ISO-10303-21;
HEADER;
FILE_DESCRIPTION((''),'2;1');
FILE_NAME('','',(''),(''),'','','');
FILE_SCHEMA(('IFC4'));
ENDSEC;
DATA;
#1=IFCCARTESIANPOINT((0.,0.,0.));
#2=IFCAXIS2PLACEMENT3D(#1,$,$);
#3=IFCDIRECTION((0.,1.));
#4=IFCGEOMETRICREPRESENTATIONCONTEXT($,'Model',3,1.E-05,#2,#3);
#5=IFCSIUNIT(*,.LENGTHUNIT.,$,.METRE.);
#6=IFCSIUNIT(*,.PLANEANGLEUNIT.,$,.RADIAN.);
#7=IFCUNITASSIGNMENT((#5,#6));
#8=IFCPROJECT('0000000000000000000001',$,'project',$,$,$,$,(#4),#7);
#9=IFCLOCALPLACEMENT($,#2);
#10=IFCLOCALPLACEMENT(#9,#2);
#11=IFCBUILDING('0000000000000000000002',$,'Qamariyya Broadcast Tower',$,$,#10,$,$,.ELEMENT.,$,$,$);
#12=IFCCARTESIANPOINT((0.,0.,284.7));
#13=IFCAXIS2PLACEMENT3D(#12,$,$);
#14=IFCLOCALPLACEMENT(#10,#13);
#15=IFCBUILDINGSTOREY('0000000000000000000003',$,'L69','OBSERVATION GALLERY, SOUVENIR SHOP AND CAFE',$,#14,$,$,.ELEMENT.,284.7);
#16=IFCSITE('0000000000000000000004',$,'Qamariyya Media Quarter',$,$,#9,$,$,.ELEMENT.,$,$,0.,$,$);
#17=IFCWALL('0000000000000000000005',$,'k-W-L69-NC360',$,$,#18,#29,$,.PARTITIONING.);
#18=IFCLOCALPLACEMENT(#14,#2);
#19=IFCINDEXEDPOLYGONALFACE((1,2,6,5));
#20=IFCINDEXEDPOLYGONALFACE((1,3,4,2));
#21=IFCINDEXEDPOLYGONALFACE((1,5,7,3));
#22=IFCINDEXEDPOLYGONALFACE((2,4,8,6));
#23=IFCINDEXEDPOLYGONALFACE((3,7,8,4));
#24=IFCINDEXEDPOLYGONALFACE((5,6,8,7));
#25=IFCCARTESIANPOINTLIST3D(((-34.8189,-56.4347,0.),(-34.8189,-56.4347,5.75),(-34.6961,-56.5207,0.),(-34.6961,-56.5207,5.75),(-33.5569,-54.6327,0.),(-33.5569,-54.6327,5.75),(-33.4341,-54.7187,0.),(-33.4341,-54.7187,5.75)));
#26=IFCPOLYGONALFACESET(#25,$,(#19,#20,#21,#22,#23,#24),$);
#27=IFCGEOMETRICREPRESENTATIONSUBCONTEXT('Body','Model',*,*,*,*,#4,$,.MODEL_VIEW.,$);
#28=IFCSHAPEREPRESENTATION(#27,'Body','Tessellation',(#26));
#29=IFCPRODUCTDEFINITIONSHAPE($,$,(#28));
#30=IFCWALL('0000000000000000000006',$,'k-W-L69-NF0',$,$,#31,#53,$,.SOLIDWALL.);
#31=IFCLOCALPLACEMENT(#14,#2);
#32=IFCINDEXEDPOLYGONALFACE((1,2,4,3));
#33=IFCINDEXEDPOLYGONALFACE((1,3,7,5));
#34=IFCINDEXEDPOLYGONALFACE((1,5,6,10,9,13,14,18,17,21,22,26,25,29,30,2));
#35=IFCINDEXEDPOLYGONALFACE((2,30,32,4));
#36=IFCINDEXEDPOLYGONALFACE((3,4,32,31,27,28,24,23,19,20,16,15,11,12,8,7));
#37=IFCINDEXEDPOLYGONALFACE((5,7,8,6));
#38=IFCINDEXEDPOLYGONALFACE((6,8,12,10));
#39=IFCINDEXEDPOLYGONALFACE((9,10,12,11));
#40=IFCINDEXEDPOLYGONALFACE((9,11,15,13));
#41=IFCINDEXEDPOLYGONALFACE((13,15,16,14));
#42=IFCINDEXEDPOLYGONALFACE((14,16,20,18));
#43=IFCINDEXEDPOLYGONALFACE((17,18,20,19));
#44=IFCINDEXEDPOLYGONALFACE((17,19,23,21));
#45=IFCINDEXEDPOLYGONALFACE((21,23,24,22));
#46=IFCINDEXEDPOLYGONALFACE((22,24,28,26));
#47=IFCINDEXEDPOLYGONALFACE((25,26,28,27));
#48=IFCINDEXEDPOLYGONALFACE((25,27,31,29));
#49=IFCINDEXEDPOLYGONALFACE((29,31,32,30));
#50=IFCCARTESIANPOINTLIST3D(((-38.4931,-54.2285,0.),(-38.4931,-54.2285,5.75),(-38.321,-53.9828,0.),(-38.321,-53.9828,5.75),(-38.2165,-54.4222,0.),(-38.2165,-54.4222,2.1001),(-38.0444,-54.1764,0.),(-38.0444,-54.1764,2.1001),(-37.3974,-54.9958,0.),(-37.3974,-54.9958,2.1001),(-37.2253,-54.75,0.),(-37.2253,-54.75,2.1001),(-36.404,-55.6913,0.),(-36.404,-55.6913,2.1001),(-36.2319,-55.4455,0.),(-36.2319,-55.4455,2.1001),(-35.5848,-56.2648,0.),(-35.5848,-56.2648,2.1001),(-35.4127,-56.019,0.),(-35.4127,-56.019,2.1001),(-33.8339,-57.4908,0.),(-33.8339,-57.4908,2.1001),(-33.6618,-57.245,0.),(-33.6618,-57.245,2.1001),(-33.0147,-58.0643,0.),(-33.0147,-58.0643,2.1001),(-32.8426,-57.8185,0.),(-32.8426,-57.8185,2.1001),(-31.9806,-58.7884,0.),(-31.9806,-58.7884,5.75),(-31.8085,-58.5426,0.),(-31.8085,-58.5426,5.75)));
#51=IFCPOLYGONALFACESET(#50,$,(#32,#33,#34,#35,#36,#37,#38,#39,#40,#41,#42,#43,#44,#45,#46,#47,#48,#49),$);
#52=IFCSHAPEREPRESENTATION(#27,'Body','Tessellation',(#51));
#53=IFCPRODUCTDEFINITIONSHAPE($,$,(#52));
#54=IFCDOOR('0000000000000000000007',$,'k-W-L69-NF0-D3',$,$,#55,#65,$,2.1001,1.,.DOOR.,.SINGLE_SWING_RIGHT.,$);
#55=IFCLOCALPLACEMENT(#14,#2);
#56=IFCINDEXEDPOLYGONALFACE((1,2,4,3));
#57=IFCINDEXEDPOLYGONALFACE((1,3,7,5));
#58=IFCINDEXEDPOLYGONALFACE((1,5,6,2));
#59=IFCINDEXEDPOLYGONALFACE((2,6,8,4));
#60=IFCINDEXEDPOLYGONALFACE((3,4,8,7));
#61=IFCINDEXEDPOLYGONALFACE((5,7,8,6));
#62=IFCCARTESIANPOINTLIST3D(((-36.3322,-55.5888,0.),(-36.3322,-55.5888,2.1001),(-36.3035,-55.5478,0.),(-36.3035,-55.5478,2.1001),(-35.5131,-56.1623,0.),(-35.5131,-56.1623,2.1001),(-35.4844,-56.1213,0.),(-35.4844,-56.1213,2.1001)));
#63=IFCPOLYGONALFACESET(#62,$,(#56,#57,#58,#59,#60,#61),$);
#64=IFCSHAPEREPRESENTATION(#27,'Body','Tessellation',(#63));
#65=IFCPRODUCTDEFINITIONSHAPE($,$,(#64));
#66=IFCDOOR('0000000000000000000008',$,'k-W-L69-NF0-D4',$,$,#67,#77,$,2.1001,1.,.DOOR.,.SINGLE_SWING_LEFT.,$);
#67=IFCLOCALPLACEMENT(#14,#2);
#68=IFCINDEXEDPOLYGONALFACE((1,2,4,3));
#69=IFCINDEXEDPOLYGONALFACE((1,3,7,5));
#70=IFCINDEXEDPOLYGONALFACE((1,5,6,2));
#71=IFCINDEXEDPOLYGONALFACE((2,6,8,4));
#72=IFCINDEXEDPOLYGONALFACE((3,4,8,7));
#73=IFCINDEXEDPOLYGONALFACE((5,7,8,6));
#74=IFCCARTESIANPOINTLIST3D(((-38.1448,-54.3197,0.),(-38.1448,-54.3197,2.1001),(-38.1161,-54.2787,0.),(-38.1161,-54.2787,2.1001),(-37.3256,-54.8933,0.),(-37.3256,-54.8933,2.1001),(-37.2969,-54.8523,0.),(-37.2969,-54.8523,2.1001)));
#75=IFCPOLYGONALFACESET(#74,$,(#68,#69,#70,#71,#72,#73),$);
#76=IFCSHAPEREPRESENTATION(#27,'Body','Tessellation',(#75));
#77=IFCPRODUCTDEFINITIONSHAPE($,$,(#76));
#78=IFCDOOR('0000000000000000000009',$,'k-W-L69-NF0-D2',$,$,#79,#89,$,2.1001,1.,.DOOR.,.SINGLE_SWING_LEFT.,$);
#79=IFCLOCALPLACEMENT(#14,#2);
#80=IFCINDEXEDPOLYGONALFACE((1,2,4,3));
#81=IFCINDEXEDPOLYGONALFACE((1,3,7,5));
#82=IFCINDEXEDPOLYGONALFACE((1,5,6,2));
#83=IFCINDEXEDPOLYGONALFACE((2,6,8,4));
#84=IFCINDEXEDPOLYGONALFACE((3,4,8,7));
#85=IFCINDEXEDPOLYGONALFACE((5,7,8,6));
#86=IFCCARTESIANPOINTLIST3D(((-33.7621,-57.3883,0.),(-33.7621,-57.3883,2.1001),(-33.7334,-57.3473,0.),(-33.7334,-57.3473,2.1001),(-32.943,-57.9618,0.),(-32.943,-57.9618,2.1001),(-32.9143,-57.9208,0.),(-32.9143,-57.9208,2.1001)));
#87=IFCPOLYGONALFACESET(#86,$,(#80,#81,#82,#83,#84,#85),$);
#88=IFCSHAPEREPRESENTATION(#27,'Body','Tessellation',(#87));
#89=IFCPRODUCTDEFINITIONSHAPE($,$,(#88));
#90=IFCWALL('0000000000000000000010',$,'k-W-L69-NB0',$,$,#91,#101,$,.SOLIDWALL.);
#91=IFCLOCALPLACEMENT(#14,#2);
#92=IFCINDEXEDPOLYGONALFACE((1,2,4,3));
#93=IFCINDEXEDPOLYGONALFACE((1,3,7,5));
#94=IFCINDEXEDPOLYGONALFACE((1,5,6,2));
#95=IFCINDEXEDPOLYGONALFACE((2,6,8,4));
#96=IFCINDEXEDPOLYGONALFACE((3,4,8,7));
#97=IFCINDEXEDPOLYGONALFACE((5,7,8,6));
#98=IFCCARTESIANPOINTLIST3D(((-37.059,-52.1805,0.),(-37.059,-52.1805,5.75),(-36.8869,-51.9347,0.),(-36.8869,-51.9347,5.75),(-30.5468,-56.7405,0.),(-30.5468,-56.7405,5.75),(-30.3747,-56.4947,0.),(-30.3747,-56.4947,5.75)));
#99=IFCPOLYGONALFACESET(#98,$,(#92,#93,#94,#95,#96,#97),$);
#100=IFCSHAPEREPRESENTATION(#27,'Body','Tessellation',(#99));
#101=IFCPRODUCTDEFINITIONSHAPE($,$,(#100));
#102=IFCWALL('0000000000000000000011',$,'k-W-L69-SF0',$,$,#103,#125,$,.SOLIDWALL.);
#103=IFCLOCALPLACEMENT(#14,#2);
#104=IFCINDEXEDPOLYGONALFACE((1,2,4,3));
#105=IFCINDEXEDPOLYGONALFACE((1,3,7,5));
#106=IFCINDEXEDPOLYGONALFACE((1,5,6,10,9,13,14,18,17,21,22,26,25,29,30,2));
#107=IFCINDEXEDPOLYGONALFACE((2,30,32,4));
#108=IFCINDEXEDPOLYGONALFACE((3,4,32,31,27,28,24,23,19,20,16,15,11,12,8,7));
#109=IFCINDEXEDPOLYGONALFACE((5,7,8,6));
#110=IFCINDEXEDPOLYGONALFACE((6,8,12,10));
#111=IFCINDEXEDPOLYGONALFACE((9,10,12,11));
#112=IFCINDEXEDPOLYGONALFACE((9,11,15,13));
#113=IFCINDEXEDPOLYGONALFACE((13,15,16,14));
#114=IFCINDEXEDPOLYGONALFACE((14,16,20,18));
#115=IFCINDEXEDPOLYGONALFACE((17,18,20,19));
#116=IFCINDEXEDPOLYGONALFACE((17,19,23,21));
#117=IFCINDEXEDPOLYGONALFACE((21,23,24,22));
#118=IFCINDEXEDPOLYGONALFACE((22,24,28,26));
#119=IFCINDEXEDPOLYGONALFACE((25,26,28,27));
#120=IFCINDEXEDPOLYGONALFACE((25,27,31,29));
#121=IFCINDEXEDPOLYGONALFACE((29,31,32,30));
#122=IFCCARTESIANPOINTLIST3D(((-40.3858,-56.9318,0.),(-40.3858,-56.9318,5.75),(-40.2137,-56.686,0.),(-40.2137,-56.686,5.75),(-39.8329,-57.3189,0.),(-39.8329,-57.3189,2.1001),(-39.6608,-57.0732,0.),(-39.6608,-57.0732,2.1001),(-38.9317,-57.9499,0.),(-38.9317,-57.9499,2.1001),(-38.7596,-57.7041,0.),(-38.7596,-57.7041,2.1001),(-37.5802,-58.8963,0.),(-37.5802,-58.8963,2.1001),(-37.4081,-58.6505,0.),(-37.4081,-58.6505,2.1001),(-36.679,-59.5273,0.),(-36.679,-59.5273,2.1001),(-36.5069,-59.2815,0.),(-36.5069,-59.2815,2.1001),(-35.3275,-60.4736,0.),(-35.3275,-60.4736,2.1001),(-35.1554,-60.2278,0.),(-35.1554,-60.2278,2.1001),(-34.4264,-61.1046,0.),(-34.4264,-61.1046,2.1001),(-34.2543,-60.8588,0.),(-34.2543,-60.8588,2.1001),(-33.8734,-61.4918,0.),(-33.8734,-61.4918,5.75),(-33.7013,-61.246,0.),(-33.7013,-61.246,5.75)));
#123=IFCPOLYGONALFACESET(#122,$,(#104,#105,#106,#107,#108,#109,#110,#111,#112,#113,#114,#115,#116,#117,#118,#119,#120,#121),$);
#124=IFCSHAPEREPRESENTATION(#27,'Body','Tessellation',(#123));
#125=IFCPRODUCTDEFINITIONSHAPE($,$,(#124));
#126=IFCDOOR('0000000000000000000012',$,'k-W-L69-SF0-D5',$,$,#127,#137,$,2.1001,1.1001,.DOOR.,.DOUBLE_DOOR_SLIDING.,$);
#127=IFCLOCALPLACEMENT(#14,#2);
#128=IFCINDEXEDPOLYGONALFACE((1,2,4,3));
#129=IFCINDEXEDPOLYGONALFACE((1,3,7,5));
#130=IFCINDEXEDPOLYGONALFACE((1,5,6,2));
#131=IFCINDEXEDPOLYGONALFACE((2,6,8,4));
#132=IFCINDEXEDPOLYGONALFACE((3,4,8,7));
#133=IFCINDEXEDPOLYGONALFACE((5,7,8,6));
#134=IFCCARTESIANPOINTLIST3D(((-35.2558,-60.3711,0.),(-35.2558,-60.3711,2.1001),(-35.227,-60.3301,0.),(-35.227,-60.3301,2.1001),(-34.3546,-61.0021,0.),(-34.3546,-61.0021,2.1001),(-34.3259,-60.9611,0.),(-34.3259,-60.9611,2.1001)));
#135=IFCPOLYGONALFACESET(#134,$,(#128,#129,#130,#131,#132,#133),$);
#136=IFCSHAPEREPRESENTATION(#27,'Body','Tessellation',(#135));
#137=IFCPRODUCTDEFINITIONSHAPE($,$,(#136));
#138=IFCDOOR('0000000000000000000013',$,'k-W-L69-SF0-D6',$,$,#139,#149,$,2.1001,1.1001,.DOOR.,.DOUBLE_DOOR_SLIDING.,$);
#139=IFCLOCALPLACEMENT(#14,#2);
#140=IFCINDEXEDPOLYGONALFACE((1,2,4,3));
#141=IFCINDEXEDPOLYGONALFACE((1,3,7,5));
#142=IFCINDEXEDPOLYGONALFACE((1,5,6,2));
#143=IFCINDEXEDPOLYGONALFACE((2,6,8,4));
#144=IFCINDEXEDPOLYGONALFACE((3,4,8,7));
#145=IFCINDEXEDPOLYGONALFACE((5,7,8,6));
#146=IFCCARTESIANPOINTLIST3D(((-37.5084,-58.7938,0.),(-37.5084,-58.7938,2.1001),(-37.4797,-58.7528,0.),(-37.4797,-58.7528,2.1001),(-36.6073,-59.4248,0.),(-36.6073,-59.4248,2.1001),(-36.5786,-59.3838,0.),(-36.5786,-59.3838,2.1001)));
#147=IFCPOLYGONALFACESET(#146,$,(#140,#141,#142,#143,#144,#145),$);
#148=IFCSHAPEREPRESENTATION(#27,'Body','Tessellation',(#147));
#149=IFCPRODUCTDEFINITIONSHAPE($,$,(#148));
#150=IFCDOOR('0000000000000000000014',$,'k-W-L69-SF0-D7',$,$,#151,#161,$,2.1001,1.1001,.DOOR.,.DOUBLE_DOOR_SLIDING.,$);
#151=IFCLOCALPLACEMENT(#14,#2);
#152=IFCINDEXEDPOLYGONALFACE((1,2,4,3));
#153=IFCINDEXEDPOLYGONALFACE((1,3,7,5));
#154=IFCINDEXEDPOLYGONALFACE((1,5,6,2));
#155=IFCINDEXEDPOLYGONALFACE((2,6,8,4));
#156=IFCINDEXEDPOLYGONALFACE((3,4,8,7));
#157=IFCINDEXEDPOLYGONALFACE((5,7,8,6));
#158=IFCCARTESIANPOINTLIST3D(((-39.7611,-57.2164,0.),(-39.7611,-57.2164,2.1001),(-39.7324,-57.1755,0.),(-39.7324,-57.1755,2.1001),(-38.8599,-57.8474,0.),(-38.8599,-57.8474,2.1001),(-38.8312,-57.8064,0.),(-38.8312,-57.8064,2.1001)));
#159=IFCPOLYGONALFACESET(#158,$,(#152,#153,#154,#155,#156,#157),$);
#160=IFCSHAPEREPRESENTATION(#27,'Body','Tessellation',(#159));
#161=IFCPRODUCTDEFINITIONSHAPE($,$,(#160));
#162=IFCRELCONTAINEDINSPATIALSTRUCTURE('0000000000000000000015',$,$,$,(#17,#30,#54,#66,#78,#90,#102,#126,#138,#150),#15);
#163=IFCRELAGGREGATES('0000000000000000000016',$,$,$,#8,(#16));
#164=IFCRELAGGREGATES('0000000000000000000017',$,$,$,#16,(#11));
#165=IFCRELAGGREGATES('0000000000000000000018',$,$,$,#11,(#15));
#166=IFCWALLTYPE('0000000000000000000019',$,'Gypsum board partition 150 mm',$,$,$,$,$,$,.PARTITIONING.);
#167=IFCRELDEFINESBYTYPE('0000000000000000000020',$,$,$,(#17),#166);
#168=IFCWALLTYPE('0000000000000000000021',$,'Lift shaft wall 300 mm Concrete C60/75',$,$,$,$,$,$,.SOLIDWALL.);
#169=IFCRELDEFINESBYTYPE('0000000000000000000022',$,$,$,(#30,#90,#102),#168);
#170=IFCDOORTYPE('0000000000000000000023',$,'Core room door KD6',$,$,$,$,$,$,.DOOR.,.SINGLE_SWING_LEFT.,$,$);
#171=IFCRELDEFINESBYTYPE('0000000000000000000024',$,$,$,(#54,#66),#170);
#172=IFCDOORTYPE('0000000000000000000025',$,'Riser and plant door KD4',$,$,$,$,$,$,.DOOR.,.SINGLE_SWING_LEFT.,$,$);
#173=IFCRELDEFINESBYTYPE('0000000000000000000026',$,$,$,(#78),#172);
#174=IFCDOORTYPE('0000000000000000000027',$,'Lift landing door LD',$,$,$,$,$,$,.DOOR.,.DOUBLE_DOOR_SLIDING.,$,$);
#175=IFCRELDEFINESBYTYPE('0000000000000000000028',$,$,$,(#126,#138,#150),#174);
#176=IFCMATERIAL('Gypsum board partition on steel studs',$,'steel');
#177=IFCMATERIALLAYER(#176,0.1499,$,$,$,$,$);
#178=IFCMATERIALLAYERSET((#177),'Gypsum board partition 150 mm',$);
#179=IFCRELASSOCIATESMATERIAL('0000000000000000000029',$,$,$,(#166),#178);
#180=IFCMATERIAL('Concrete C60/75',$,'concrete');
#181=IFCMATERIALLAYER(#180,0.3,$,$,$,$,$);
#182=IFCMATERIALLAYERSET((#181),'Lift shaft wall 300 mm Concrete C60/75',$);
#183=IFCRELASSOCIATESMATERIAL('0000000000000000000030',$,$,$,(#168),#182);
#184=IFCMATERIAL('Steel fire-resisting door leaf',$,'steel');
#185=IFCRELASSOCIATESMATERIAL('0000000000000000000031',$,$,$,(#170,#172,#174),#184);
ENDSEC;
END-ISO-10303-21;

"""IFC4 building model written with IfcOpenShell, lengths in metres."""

from ifc_helpers import new_model, si_unit, direction, frame, frame_2d, origin, place, context, subcontext, project, spatial, rectangle, extrude, material, layer, layer_set, type_object, element, fill, save


model = new_model("IFC4")

# Units and contexts
model_context = context("Model", 3, precision=1e-05, world=origin(), true_north=direction((0.0, 1.0)))
body_context = subcontext(model_context, "Body", "Model", "MODEL_VIEW")
ifc_project = project(units=[si_unit("LENGTHUNIT", "METRE"), si_unit("PLANEANGLEUNIT", "RADIAN")], contexts=[model_context])

# Site, building, storey
site_placement = place(None, origin())
site = spatial("IfcSite", under=ifc_project, at=site_placement, Name="Qamariyya Media Quarter", CompositionType="ELEMENT", RefElevation=0.0)
building_placement = place(site_placement, origin())
building = spatial("IfcBuilding", under=site, at=building_placement, Name="Qamariyya Broadcast Tower", CompositionType="ELEMENT")
storey_placement = place(building_placement, frame((0.0, 0.0, 284.7)))
storey = spatial("IfcBuildingStorey", under=building, at=storey_placement, Name="L69", Description="OBSERVATION GALLERY, SOUVENIR SHOP AND CAFE", CompositionType="ELEMENT", Elevation=284.7)

# Wall
ifc_material_1 = material(Name="Gypsum board partition on steel studs", Category="steel")
ifc_layer_1 = layer(ifc_material_1, 0.1499)
ifc_layer_set_1 = layer_set([ifc_layer_1], Name="Gypsum board partition 150 mm")
wall_type_1 = type_object("IfcWallType", Name="Gypsum board partition 150 mm", PredefinedType="PARTITIONING", material=ifc_layer_set_1)
wall_1_placement = place(storey_placement, frame((-34.7576, -56.4778, 0.0), z_axis=(0.0, 0.0, 1.0), x_axis=(0.573634, 0.819112, 0.0)))
element("IfcWall", 1, at=wall_1_placement, inside=storey, type_object=wall_type_1, Name="k-W-L69-NC360", PredefinedType="PARTITIONING", context=body_context, shape_type="SweptSolid", body=[
    extrude(rectangle(XDim=2.2, YDim=0.1499, at=frame_2d((1.1001, 0.0))), origin(), (0.0, 0.0, 1.0), 5.75),
])

# Wall, openings, doors
ifc_material_2 = material(Name="Concrete C60/75", Category="concrete")
ifc_layer_2 = layer(ifc_material_2, 0.3)
ifc_layer_set_2 = layer_set([ifc_layer_2], Name="Lift shaft wall 300 mm Concrete C60/75")
wall_type_2 = type_object("IfcWallType", Name="Lift shaft wall 300 mm Concrete C60/75", PredefinedType="SOLIDWALL", material=ifc_layer_set_2)
wall_2_placement = place(storey_placement, frame((-31.8945, -58.6655, 0.0), z_axis=(0.0, 0.0, 1.0), x_axis=(-0.819167, 0.573555, 0.0)))
wall_2 = element("IfcWall", 2, at=wall_2_placement, inside=storey, type_object=wall_type_2, Name="k-W-L69-NF0", PredefinedType="SOLIDWALL", context=body_context, shape_type="SweptSolid", body=[
    extrude(rectangle(XDim=7.9502, YDim=0.3, at=frame_2d((3.9751, 0.0))), origin(), (0.0, 0.0, 1.0), 5.75),
])
opening_1_placement = place(wall_2_placement, frame((1.2625, 0.0, 0.0)))
opening_1 = element("IfcOpeningElement", 3, at=opening_1_placement, cuts=wall_2, PredefinedType="OPENING", context=body_context, shape_type="SweptSolid", body=[
    extrude(rectangle(XDim=1.0, YDim=2.1001, at=frame_2d((0.5, 1.05))), frame((0.0, 0.1599, 0.0), z_axis=(0.0, -1.0, 0.0), x_axis=(1.0, 0.0, 0.0)), (0.0, 0.0, 1.0), 0.3201),
])
opening_2_placement = place(wall_2_placement, frame((4.3999, 0.0, 0.0)))
opening_2 = element("IfcOpeningElement", 4, at=opening_2_placement, cuts=wall_2, PredefinedType="OPENING", context=body_context, shape_type="SweptSolid", body=[
    extrude(rectangle(XDim=1.0, YDim=2.1001, at=frame_2d((0.5, 1.05))), frame((0.0, 0.1599, 0.0), z_axis=(0.0, -1.0, 0.0), x_axis=(1.0, 0.0, 0.0)), (0.0, 0.0, 1.0), 0.3201),
])
opening_3_placement = place(wall_2_placement, frame((6.6125, 0.0, 0.0)))
opening_3 = element("IfcOpeningElement", 5, at=opening_3_placement, cuts=wall_2, PredefinedType="OPENING", context=body_context, shape_type="SweptSolid", body=[
    extrude(rectangle(XDim=1.0, YDim=2.1001, at=frame_2d((0.5, 1.05))), frame((0.0, 0.1599, 0.0), z_axis=(0.0, -1.0, 0.0), x_axis=(1.0, 0.0, 0.0)), (0.0, 0.0, 1.0), 0.3201),
])
ifc_material_3 = material(Name="Steel fire-resisting door leaf", Category="steel")
door_type_1 = type_object("IfcDoorType", Name="Core room door KD6", OperationType="SINGLE_SWING_LEFT", PredefinedType="DOOR", material=ifc_material_3)
door_1_placement = place(opening_2_placement, origin())
door_1 = element("IfcDoor", 6, at=door_1_placement, inside=storey, type_object=door_type_1, Name="k-W-L69-NF0-D3", OperationType="SINGLE_SWING_RIGHT", OverallHeight=2.1001, OverallWidth=1.0, PredefinedType="DOOR", context=body_context, shape_type="SweptSolid", body=[
    extrude(rectangle(XDim=1.0, YDim=2.1001, at=frame_2d((0.5, 1.05))), frame((0.0, 0.0249, 0.0), z_axis=(0.0, -1.0, 0.0), x_axis=(1.0, 0.0, 0.0)), (0.0, 0.0, 1.0), 0.05),
])
fill(opening_2, door_1)
door_2_placement = place(opening_3_placement, origin())
door_2 = element("IfcDoor", 7, at=door_2_placement, inside=storey, type_object=door_type_1, Name="k-W-L69-NF0-D4", OperationType="SINGLE_SWING_LEFT", OverallHeight=2.1001, OverallWidth=1.0, PredefinedType="DOOR", context=body_context, shape_type="SweptSolid", body=[
    extrude(rectangle(XDim=1.0, YDim=2.1001, at=frame_2d((0.5, 1.05))), frame((0.0, 0.0249, 0.0), z_axis=(0.0, -1.0, 0.0), x_axis=(1.0, 0.0, 0.0)), (0.0, 0.0, 1.0), 0.05),
])
fill(opening_3, door_2)
door_type_2 = type_object("IfcDoorType", Name="Riser and plant door KD4", OperationType="SINGLE_SWING_LEFT", PredefinedType="DOOR", material=ifc_material_3)
door_3_placement = place(opening_1_placement, origin())
door_3 = element("IfcDoor", 8, at=door_3_placement, inside=storey, type_object=door_type_2, Name="k-W-L69-NF0-D2", OperationType="SINGLE_SWING_LEFT", OverallHeight=2.1001, OverallWidth=1.0, PredefinedType="DOOR", context=body_context, shape_type="SweptSolid", body=[
    extrude(rectangle(XDim=1.0, YDim=2.1001, at=frame_2d((0.5, 1.05))), frame((0.0, 0.0249, 0.0), z_axis=(0.0, -1.0, 0.0), x_axis=(1.0, 0.0, 0.0)), (0.0, 0.0, 1.0), 0.05),
])
fill(opening_1, door_3)

# Wall
wall_3_placement = place(storey_placement, frame((-30.4607, -56.6177, 0.0), z_axis=(0.0, 0.0, 1.0), x_axis=(-0.819142, 0.57359, 0.0)))
element("IfcWall", 9, at=wall_3_placement, inside=storey, type_object=wall_type_2, Name="k-W-L69-NB0", PredefinedType="SOLIDWALL", context=body_context, shape_type="SweptSolid", body=[
    extrude(rectangle(XDim=7.95, YDim=0.3, at=frame_2d((3.9751, 0.0))), origin(), (0.0, 0.0, 1.0), 5.75),
])

# Wall, openings, doors
wall_4_placement = place(storey_placement, frame((-33.7874, -61.3689, 0.0), z_axis=(0.0, 0.0, 1.0), x_axis=(-0.819153, 0.573576, 0.0)))
wall_4 = element("IfcWall", 10, at=wall_4_placement, inside=storey, type_object=wall_type_2, Name="k-W-L69-SF0", PredefinedType="SOLIDWALL", context=body_context, shape_type="SweptSolid", body=[
    extrude(rectangle(XDim=7.9502, YDim=0.3, at=frame_2d((3.9751, 0.0))), origin(), (0.0, 0.0, 1.0), 5.75),
])
opening_4_placement = place(wall_4_placement, frame((0.675, 0.0, 0.0)))
opening_4 = element("IfcOpeningElement", 11, at=opening_4_placement, cuts=wall_4, PredefinedType="OPENING", context=body_context, shape_type="SweptSolid", body=[
    extrude(rectangle(XDim=1.1001, YDim=2.1001, at=frame_2d((0.55, 1.05))), frame((0.0, 0.1599, 0.0), z_axis=(0.0, -1.0, 0.0), x_axis=(1.0, 0.0, 0.0)), (0.0, 0.0, 1.0), 0.3201),
])
opening_5_placement = place(wall_4_placement, frame((3.425, 0.0, 0.0)))
opening_5 = element("IfcOpeningElement", 12, at=opening_5_placement, cuts=wall_4, PredefinedType="OPENING", context=body_context, shape_type="SweptSolid", body=[
    extrude(rectangle(XDim=1.1001, YDim=2.1001, at=frame_2d((0.55, 1.05))), frame((0.0, 0.1599, 0.0), z_axis=(0.0, -1.0, 0.0), x_axis=(1.0, 0.0, 0.0)), (0.0, 0.0, 1.0), 0.3201),
])
opening_6_placement = place(wall_4_placement, frame((6.175, 0.0, 0.0)))
opening_6 = element("IfcOpeningElement", 13, at=opening_6_placement, cuts=wall_4, PredefinedType="OPENING", context=body_context, shape_type="SweptSolid", body=[
    extrude(rectangle(XDim=1.1001, YDim=2.1001, at=frame_2d((0.55, 1.05))), frame((0.0, 0.1599, 0.0), z_axis=(0.0, -1.0, 0.0), x_axis=(1.0, 0.0, 0.0)), (0.0, 0.0, 1.0), 0.3201),
])
door_type_3 = type_object("IfcDoorType", Name="Lift landing door LD", OperationType="DOUBLE_DOOR_SLIDING", PredefinedType="DOOR", material=ifc_material_3)
door_4_placement = place(opening_4_placement, origin())
door_4 = element("IfcDoor", 14, at=door_4_placement, inside=storey, type_object=door_type_3, Name="k-W-L69-SF0-D5", OperationType="DOUBLE_DOOR_SLIDING", OverallHeight=2.1001, OverallWidth=1.1001, PredefinedType="DOOR", context=body_context, shape_type="SweptSolid", body=[
    extrude(rectangle(XDim=1.1001, YDim=2.1001, at=frame_2d((0.55, 1.05))), frame((0.0, 0.0249, 0.0), z_axis=(0.0, -1.0, 0.0), x_axis=(1.0, 0.0, 0.0)), (0.0, 0.0, 1.0), 0.05),
])
fill(opening_4, door_4)
door_5_placement = place(opening_5_placement, origin())
door_5 = element("IfcDoor", 15, at=door_5_placement, inside=storey, type_object=door_type_3, Name="k-W-L69-SF0-D6", OperationType="DOUBLE_DOOR_SLIDING", OverallHeight=2.1001, OverallWidth=1.1001, PredefinedType="DOOR", context=body_context, shape_type="SweptSolid", body=[
    extrude(rectangle(XDim=1.1001, YDim=2.1001, at=frame_2d((0.55, 1.05))), frame((0.0, 0.0249, 0.0), z_axis=(0.0, -1.0, 0.0), x_axis=(1.0, 0.0, 0.0)), (0.0, 0.0, 1.0), 0.05),
])
fill(opening_5, door_5)
door_6_placement = place(opening_6_placement, origin())
door_6 = element("IfcDoor", 16, at=door_6_placement, inside=storey, type_object=door_type_3, Name="k-W-L69-SF0-D7", OperationType="DOUBLE_DOOR_SLIDING", OverallHeight=2.1001, OverallWidth=1.1001, PredefinedType="DOOR", context=body_context, shape_type="SweptSolid", body=[
    extrude(rectangle(XDim=1.1001, YDim=2.1001, at=frame_2d((0.55, 1.05))), frame((0.0, 0.0249, 0.0), z_axis=(0.0, -1.0, 0.0), x_axis=(1.0, 0.0, 0.0)), (0.0, 0.0, 1.0), 0.05),
])
fill(opening_6, door_6)

save(model, "model.ifc")
